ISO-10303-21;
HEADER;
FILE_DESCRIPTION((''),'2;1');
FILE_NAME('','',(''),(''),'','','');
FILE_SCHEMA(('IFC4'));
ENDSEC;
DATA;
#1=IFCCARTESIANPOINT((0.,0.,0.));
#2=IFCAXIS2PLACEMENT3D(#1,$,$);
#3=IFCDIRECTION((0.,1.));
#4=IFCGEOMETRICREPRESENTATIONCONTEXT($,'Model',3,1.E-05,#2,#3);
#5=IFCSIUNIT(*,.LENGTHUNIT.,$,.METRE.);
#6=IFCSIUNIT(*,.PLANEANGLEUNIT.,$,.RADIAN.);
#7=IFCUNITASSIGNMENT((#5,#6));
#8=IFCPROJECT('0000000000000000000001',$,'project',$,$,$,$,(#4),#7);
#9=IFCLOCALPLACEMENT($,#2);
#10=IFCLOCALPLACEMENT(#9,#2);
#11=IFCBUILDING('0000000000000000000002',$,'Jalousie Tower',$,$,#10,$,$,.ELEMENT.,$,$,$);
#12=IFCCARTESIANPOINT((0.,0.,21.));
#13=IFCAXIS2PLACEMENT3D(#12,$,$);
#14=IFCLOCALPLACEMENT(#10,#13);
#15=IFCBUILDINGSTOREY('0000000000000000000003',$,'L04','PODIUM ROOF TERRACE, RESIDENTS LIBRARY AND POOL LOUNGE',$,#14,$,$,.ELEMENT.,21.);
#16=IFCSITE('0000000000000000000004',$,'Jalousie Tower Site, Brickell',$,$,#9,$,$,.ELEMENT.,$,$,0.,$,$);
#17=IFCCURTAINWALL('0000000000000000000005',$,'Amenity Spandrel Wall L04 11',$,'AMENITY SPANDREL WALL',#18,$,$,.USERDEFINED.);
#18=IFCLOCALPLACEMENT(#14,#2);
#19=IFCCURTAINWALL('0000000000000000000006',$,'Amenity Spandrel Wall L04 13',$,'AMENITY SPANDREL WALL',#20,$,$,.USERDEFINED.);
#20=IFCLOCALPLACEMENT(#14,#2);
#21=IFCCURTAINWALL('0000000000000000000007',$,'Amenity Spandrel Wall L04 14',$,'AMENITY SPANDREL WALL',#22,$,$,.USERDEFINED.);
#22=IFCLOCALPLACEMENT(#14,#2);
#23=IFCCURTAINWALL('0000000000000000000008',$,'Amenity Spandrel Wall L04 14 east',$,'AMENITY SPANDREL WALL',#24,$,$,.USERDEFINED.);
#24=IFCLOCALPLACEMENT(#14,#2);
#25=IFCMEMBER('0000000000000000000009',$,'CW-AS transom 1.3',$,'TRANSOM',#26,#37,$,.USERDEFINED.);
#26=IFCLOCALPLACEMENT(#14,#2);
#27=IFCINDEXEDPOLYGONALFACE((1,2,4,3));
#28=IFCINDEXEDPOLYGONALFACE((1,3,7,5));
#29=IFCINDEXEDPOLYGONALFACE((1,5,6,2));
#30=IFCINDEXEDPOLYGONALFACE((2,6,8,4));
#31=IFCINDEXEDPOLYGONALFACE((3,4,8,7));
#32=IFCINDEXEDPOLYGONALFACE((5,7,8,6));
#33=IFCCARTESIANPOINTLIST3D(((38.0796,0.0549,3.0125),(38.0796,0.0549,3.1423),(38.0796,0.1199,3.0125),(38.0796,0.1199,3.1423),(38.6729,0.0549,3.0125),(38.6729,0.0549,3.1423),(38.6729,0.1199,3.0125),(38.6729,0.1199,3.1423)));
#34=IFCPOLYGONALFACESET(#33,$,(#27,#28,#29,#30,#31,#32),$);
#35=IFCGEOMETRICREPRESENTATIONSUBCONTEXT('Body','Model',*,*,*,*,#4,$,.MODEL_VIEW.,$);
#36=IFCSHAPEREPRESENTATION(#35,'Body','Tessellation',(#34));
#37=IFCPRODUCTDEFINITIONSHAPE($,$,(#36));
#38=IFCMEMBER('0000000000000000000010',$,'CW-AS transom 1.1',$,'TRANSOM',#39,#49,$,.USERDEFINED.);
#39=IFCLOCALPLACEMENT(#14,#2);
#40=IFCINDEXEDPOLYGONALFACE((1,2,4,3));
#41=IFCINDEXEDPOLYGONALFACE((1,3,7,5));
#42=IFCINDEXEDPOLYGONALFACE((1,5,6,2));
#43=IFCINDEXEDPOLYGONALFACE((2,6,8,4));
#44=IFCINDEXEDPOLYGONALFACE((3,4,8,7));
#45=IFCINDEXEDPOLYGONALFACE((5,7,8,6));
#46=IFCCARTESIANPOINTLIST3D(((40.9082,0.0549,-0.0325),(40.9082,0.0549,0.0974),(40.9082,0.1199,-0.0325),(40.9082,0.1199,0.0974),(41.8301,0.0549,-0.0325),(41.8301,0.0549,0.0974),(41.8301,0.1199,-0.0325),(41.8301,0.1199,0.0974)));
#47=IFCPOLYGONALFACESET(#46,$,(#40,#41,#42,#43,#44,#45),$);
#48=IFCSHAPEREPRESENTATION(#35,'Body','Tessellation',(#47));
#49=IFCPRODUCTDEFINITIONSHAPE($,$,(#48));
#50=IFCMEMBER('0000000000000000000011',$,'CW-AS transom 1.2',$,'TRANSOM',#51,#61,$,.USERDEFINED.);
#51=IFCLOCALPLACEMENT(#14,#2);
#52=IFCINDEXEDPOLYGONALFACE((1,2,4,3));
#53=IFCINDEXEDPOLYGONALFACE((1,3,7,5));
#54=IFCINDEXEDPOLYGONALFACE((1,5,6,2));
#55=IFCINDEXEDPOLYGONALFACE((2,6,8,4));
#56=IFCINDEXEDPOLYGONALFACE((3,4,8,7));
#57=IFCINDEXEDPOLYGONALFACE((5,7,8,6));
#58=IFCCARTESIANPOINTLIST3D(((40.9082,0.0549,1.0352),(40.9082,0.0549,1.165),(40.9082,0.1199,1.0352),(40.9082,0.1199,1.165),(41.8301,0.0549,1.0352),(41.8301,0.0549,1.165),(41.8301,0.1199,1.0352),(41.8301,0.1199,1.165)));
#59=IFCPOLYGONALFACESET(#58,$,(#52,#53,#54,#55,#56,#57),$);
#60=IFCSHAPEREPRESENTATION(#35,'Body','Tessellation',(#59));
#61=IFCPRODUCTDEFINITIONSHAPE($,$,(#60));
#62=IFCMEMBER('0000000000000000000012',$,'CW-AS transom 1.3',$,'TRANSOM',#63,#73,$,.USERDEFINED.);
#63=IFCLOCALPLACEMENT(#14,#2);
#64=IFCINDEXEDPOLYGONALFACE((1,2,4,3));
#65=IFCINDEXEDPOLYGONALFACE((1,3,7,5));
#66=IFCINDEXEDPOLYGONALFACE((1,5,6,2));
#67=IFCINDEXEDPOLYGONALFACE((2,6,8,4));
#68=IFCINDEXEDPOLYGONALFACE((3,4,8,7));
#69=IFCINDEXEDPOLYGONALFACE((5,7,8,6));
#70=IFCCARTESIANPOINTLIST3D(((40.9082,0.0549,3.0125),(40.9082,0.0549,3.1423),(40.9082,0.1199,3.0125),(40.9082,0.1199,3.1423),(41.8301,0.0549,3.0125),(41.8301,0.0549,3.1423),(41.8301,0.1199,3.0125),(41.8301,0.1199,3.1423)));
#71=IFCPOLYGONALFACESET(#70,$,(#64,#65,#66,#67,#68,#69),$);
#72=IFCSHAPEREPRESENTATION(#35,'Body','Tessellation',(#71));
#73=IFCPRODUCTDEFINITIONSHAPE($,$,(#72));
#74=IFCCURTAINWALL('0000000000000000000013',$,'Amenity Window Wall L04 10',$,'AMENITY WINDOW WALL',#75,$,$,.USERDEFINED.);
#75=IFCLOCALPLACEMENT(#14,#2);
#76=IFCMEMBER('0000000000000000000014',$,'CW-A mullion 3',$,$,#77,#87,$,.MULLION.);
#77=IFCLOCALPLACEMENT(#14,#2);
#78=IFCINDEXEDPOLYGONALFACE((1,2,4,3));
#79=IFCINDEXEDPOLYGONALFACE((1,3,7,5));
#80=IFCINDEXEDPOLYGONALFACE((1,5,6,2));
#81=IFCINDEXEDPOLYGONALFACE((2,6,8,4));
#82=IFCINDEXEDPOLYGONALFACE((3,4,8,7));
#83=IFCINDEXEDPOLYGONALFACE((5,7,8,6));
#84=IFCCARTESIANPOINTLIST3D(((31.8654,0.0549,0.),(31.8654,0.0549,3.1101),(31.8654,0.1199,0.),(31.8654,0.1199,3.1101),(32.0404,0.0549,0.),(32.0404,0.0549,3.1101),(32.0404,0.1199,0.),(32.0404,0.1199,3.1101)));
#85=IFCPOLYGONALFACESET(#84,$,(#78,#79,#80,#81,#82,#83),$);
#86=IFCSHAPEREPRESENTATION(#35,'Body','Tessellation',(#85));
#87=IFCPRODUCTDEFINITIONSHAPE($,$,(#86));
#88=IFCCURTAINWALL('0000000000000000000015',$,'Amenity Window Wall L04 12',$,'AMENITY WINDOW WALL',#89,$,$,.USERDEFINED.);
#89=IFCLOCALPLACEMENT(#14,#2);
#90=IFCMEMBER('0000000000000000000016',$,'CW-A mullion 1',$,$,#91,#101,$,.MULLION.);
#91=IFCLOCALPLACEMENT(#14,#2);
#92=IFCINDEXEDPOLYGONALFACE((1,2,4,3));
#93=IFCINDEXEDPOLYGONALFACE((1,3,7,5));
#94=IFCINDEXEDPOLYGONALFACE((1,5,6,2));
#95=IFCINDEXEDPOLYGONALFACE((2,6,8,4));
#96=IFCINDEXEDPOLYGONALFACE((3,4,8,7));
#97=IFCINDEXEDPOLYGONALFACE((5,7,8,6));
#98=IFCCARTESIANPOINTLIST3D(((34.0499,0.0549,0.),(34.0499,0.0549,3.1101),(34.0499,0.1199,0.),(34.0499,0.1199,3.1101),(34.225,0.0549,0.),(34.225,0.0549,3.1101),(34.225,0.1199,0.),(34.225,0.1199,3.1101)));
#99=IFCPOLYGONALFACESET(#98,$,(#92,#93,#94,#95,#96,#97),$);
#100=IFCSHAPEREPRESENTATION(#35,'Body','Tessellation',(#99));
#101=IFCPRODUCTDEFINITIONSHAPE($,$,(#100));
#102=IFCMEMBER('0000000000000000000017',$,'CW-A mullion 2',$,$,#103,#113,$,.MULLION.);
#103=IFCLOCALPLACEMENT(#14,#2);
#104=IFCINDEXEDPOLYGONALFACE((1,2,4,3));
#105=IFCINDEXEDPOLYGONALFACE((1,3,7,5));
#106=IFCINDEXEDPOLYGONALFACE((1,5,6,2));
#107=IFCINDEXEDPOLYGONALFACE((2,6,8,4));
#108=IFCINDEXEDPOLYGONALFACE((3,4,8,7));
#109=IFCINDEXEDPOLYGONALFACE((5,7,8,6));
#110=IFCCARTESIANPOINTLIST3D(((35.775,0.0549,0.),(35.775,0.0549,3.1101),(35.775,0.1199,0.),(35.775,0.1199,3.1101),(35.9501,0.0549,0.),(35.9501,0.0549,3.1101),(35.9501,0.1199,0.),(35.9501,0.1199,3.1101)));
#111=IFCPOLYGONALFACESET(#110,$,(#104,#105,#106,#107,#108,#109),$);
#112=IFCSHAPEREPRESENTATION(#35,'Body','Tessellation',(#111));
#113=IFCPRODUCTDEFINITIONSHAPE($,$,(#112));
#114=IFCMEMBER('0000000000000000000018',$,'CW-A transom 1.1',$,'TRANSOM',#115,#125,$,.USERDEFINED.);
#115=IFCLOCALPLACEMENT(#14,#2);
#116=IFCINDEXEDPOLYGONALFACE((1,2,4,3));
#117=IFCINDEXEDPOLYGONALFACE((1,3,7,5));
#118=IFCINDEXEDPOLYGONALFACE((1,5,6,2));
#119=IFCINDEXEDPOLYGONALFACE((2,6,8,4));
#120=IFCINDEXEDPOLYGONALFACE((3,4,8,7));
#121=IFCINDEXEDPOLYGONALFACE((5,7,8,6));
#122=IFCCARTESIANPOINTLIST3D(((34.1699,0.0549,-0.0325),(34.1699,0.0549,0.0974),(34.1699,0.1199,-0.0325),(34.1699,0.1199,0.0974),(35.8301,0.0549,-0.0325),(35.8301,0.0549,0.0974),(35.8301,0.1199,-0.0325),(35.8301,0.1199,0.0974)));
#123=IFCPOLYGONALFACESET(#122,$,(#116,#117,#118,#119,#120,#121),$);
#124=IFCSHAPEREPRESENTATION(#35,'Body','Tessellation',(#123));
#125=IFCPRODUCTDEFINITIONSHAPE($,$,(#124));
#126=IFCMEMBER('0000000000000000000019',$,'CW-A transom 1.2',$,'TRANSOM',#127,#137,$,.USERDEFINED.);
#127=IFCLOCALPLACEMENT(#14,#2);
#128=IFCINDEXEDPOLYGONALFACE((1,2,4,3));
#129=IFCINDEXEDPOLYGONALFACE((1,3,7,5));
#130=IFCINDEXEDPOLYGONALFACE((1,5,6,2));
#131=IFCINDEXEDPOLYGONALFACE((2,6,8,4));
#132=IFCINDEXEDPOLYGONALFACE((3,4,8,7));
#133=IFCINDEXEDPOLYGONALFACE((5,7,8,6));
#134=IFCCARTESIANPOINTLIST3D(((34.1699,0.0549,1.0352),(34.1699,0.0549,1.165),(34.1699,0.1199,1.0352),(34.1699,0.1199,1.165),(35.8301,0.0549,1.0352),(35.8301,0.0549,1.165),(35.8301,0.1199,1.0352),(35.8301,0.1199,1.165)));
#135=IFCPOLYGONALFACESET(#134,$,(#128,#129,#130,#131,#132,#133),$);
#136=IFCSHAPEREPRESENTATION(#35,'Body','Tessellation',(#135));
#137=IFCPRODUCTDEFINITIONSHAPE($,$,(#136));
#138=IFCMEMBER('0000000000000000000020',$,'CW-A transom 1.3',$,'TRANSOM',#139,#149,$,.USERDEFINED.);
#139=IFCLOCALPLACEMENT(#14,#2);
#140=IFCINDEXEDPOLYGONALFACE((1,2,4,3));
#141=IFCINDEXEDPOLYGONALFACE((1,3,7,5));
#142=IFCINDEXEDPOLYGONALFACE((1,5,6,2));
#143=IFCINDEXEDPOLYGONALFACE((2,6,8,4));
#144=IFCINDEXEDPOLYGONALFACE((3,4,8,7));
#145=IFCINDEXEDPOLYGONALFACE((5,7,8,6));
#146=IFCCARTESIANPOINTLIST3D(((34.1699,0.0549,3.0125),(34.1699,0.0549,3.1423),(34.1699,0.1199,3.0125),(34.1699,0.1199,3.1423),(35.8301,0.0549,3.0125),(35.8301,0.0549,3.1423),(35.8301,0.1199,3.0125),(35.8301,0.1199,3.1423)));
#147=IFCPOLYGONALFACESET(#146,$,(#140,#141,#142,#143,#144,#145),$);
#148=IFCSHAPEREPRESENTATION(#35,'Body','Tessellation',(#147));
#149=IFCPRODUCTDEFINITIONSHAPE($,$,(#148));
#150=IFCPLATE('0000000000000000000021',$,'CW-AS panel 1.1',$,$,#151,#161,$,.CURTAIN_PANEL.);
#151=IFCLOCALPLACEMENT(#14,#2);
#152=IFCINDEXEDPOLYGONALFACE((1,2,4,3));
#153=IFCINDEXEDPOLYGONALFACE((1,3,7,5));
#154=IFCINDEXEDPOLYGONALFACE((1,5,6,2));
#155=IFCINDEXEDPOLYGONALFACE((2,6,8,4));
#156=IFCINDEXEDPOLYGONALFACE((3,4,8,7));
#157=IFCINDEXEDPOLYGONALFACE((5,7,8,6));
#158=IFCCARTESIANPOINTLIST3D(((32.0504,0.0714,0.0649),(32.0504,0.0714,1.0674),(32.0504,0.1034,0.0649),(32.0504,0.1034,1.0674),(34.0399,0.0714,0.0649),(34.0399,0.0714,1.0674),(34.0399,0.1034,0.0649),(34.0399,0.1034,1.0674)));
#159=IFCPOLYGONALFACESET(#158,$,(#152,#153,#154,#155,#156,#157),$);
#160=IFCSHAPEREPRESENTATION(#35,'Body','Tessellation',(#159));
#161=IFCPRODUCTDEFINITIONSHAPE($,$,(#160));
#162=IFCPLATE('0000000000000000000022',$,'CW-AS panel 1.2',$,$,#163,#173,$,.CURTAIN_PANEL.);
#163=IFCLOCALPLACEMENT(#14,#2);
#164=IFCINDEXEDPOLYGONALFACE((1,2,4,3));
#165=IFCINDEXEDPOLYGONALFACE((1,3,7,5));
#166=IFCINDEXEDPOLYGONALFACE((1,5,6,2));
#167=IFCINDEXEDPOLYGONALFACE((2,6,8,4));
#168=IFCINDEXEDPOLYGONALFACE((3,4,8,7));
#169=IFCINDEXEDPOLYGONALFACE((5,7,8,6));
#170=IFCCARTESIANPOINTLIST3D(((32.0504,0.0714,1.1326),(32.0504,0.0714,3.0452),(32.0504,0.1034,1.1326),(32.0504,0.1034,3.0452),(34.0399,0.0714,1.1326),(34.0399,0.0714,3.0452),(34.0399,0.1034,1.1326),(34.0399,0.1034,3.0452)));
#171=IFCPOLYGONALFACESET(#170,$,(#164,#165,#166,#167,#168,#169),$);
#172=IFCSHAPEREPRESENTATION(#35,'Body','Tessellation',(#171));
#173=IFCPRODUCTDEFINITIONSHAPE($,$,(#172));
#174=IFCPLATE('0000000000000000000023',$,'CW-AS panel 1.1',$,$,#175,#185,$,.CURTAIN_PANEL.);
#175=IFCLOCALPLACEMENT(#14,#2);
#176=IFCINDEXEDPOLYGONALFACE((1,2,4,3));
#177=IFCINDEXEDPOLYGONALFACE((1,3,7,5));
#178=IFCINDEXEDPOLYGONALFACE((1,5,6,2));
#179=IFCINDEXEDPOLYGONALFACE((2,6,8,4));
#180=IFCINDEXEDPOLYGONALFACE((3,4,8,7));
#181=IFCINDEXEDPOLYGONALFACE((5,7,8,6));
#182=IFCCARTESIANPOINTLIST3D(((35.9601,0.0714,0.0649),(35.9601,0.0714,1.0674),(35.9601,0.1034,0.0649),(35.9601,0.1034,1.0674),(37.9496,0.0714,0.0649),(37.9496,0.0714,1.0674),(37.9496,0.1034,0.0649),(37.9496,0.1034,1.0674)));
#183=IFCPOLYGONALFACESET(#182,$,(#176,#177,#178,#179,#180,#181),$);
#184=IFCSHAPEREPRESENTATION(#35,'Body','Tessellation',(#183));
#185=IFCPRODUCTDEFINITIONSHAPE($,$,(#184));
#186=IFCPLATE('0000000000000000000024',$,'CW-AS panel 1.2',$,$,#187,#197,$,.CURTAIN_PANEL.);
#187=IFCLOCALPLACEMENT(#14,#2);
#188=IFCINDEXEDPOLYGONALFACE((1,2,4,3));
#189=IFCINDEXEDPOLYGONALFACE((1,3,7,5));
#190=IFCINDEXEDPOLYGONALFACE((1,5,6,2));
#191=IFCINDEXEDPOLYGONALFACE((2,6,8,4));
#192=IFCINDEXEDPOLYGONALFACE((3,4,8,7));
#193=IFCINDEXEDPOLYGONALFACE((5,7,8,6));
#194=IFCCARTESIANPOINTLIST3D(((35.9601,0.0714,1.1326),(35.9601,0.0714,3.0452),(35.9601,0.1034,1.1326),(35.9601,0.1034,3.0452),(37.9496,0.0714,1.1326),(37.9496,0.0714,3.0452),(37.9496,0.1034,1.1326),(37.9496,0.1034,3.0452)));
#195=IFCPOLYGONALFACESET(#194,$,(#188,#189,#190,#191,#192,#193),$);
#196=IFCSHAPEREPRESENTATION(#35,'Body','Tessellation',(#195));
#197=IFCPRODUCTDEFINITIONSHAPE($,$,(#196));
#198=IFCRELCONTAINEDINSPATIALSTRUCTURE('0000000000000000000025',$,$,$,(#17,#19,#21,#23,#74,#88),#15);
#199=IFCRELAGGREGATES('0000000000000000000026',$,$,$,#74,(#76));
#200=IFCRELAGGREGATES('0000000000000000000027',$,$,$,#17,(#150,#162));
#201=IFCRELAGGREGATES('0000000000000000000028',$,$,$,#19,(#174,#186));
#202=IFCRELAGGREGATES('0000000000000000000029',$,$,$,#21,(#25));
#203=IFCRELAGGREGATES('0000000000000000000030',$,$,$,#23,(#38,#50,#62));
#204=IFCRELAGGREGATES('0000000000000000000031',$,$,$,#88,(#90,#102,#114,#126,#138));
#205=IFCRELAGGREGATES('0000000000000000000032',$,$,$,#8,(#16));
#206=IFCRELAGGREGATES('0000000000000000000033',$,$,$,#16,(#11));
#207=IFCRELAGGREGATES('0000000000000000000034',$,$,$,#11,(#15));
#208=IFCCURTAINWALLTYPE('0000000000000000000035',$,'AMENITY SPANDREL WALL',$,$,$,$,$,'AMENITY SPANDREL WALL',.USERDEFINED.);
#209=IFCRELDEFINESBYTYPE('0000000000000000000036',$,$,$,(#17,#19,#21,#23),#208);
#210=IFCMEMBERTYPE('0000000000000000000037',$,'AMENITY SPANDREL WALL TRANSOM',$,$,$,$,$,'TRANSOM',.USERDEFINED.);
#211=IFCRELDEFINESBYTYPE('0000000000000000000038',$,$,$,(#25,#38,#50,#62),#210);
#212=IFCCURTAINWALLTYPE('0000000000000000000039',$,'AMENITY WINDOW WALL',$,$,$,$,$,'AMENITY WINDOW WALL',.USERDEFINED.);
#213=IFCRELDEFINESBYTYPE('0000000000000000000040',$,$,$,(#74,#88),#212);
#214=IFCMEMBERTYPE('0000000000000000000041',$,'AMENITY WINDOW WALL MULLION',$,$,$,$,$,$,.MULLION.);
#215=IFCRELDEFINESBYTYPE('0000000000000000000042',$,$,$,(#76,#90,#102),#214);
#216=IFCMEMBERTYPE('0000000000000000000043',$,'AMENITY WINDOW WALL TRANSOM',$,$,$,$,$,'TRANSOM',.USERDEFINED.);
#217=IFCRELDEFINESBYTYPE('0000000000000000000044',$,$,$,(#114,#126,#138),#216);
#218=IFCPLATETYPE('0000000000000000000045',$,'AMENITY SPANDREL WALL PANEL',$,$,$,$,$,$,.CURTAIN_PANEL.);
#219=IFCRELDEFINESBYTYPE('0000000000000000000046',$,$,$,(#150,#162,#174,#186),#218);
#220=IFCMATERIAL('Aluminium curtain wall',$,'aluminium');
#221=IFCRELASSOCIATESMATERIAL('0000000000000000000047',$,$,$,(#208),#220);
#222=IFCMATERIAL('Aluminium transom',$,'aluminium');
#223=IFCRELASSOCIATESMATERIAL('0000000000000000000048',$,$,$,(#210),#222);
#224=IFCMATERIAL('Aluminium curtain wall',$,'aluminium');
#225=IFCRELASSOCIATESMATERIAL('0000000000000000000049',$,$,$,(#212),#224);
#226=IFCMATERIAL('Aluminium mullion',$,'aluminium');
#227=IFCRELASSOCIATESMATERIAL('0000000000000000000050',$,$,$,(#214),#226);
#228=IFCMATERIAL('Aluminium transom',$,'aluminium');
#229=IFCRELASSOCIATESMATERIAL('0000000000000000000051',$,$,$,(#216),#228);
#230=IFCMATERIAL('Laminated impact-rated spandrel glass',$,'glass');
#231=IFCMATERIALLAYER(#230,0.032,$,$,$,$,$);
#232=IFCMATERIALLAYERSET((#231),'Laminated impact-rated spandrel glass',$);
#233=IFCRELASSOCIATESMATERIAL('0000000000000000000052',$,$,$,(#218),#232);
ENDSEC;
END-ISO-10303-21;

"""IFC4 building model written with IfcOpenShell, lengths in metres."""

from ifc_helpers import new_model, si_unit, direction, frame, origin, origin_2d, place, context, subcontext, project, spatial, rectangle, extrude, material, layer, layer_set, material_profile, profile_set, type_object, element, aggregate, save


model = new_model("IFC4")

# Units and contexts
model_context = context("Model", 3, precision=1e-05, world=origin(), true_north=direction((0.0, 1.0)))
body_context = subcontext(model_context, "Body", "Model", "MODEL_VIEW")
ifc_project = project(units=[si_unit("LENGTHUNIT", "METRE"), si_unit("PLANEANGLEUNIT", "RADIAN")], contexts=[model_context])

# Site, building, storey
site_placement = place(None, origin())
site = spatial("IfcSite", under=ifc_project, at=site_placement, Name="Jalousie Tower Site, Brickell", CompositionType="ELEMENT", RefElevation=0.0)
building_placement = place(site_placement, origin())
building = spatial("IfcBuilding", under=site, at=building_placement, Name="Jalousie Tower", CompositionType="ELEMENT")
storey_placement = place(building_placement, frame((0.0, 0.0, 21.0)))
storey = spatial("IfcBuildingStorey", under=building, at=storey_placement, Name="L04", Description="PODIUM ROOF TERRACE, RESIDENTS LIBRARY AND POOL LOUNGE", CompositionType="ELEMENT", Elevation=21.0)

# Curtain walls
ifc_material_1 = material(Name="Aluminium curtain wall", Category="aluminium")
curtain_wall_type_1 = type_object("IfcCurtainWallType", Name="AMENITY SPANDREL WALL", ElementType="AMENITY SPANDREL WALL", PredefinedType="USERDEFINED", material=ifc_material_1)
curtain_wall_1_placement = place(storey_placement, origin())
curtain_wall_1 = element("IfcCurtainWall", 1, at=curtain_wall_1_placement, inside=storey, type_object=curtain_wall_type_1, Name="Amenity Spandrel Wall L04 11", ObjectType="AMENITY SPANDREL WALL", PredefinedType="USERDEFINED")
curtain_wall_2_placement = place(storey_placement, origin())
curtain_wall_2 = element("IfcCurtainWall", 2, at=curtain_wall_2_placement, inside=storey, type_object=curtain_wall_type_1, Name="Amenity Spandrel Wall L04 13", ObjectType="AMENITY SPANDREL WALL", PredefinedType="USERDEFINED")
curtain_wall_3_placement = place(storey_placement, origin())
curtain_wall_3 = element("IfcCurtainWall", 3, at=curtain_wall_3_placement, inside=storey, type_object=curtain_wall_type_1, Name="Amenity Spandrel Wall L04 14", ObjectType="AMENITY SPANDREL WALL", PredefinedType="USERDEFINED")

# Curtain wall
curtain_wall_4_placement = place(storey_placement, origin())
curtain_wall_4 = element("IfcCurtainWall", 4, at=curtain_wall_4_placement, inside=storey, type_object=curtain_wall_type_1, Name="Amenity Spandrel Wall L04 14 east", ObjectType="AMENITY SPANDREL WALL", PredefinedType="USERDEFINED")

# Members
ifc_material_2 = material(Name="Aluminium transom", Category="aluminium")
ifc_material_profile_1 = material_profile(ifc_material_2, rectangle(XDim=0.0649, YDim=0.1299, at=origin_2d()), Name="TRANSOM 65x130")
ifc_profile_set_1 = profile_set([ifc_material_profile_1], Name="Aluminium transom")
member_type_1 = type_object("IfcMemberType", Name="AMENITY SPANDREL WALL TRANSOM", ElementType="TRANSOM", PredefinedType="USERDEFINED", material=ifc_profile_set_1)
member_1_placement = place(storey_placement, frame((38.0796, 0.0874, 3.0774), z_axis=(1.0, 0.0, 0.0), x_axis=(0.0, 1.0, 0.0)))
member_1 = element("IfcMember", 5, at=member_1_placement, type_object=member_type_1, Name="CW-AS transom 1.3", ObjectType="TRANSOM", PredefinedType="USERDEFINED", context=body_context, shape_type="SweptSolid", body=[
    extrude(rectangle(XDim=0.0649, YDim=0.1299, at=origin_2d()), origin(), (0.0, 0.0, 1.0), 0.5933),
])
member_2_placement = place(storey_placement, frame((40.9082, 0.0874, 0.0325), z_axis=(1.0, 0.0, 0.0), x_axis=(0.0, 1.0, 0.0)))
member_2 = element("IfcMember", 6, at=member_2_placement, type_object=member_type_1, Name="CW-AS transom 1.1", ObjectType="TRANSOM", PredefinedType="USERDEFINED", context=body_context, shape_type="SweptSolid", body=[
    extrude(rectangle(XDim=0.0649, YDim=0.1299, at=origin_2d()), origin(), (0.0, 0.0, 1.0), 0.9219),
])
member_3_placement = place(storey_placement, frame((40.9082, 0.0874, 1.1001), z_axis=(1.0, 0.0, 0.0), x_axis=(0.0, 1.0, 0.0)))
member_3 = element("IfcMember", 7, at=member_3_placement, type_object=member_type_1, Name="CW-AS transom 1.2", ObjectType="TRANSOM", PredefinedType="USERDEFINED", context=body_context, shape_type="SweptSolid", body=[
    extrude(rectangle(XDim=0.0649, YDim=0.1299, at=origin_2d()), origin(), (0.0, 0.0, 1.0), 0.9219),
])
member_4_placement = place(storey_placement, frame((40.9082, 0.0874, 3.0774), z_axis=(1.0, 0.0, 0.0), x_axis=(0.0, 1.0, 0.0)))
member_4 = element("IfcMember", 8, at=member_4_placement, type_object=member_type_1, Name="CW-AS transom 1.3", ObjectType="TRANSOM", PredefinedType="USERDEFINED", context=body_context, shape_type="SweptSolid", body=[
    extrude(rectangle(XDim=0.0649, YDim=0.1299, at=origin_2d()), origin(), (0.0, 0.0, 1.0), 0.9219),
])

# Curtain wall, member
ifc_material_3 = material(Name="Aluminium curtain wall", Category="aluminium")
curtain_wall_type_2 = type_object("IfcCurtainWallType", Name="AMENITY WINDOW WALL", ElementType="AMENITY WINDOW WALL", PredefinedType="USERDEFINED", material=ifc_material_3)
curtain_wall_5_placement = place(storey_placement, origin())
curtain_wall_5 = element("IfcCurtainWall", 9, at=curtain_wall_5_placement, inside=storey, type_object=curtain_wall_type_2, Name="Amenity Window Wall L04 10", ObjectType="AMENITY WINDOW WALL", PredefinedType="USERDEFINED")
ifc_material_4 = material(Name="Aluminium mullion", Category="aluminium")
ifc_material_profile_2 = material_profile(ifc_material_4, rectangle(XDim=0.0649, YDim=0.175, at=origin_2d()), Name="MULLION 65x175")
ifc_profile_set_2 = profile_set([ifc_material_profile_2], Name="Aluminium mullion")
member_type_2 = type_object("IfcMemberType", Name="AMENITY WINDOW WALL MULLION", PredefinedType="MULLION", material=ifc_profile_set_2)
member_5_placement = place(storey_placement, frame((31.9529, 0.0874, 0.0), z_axis=(0.0, 0.0, 1.0), x_axis=(0.0, 1.0, 0.0)))
member_5 = element("IfcMember", 10, at=member_5_placement, type_object=member_type_2, Name="CW-A mullion 3", PredefinedType="MULLION", context=body_context, shape_type="SweptSolid", body=[
    extrude(rectangle(XDim=0.0649, YDim=0.175, at=origin_2d()), origin(), (0.0, 0.0, 1.0), 3.1101),
])
aggregate(curtain_wall_5, [member_5])

# Curtain wall, members
curtain_wall_6_placement = place(storey_placement, origin())
curtain_wall_6 = element("IfcCurtainWall", 11, at=curtain_wall_6_placement, inside=storey, type_object=curtain_wall_type_2, Name="Amenity Window Wall L04 12", ObjectType="AMENITY WINDOW WALL", PredefinedType="USERDEFINED")
member_6_placement = place(storey_placement, frame((34.1375, 0.0874, 0.0), z_axis=(0.0, 0.0, 1.0), x_axis=(0.0, 1.0, 0.0)))
member_6 = element("IfcMember", 12, at=member_6_placement, type_object=member_type_2, Name="CW-A mullion 1", PredefinedType="MULLION", context=body_context, shape_type="SweptSolid", body=[
    extrude(rectangle(XDim=0.0649, YDim=0.175, at=origin_2d()), origin(), (0.0, 0.0, 1.0), 3.1101),
])
member_7_placement = place(storey_placement, frame((35.8625, 0.0874, 0.0), z_axis=(0.0, 0.0, 1.0), x_axis=(0.0, 1.0, 0.0)))
member_7 = element("IfcMember", 13, at=member_7_placement, type_object=member_type_2, Name="CW-A mullion 2", PredefinedType="MULLION", context=body_context, shape_type="SweptSolid", body=[
    extrude(rectangle(XDim=0.0649, YDim=0.175, at=origin_2d()), origin(), (0.0, 0.0, 1.0), 3.1101),
])
ifc_material_5 = material(Name="Aluminium transom", Category="aluminium")
ifc_material_profile_3 = material_profile(ifc_material_5, rectangle(XDim=0.0649, YDim=0.1299, at=origin_2d()), Name="TRANSOM 65x130")
ifc_profile_set_3 = profile_set([ifc_material_profile_3], Name="Aluminium transom")
member_type_3 = type_object("IfcMemberType", Name="AMENITY WINDOW WALL TRANSOM", ElementType="TRANSOM", PredefinedType="USERDEFINED", material=ifc_profile_set_3)
member_8_placement = place(storey_placement, frame((34.1699, 0.0874, 0.0325), z_axis=(1.0, 0.0, 0.0), x_axis=(0.0, 1.0, 0.0)))
member_8 = element("IfcMember", 14, at=member_8_placement, type_object=member_type_3, Name="CW-A transom 1.1", ObjectType="TRANSOM", PredefinedType="USERDEFINED", context=body_context, shape_type="SweptSolid", body=[
    extrude(rectangle(XDim=0.0649, YDim=0.1299, at=origin_2d()), origin(), (0.0, 0.0, 1.0), 1.6602),
])
member_9_placement = place(storey_placement, frame((34.1699, 0.0874, 1.1001), z_axis=(1.0, 0.0, 0.0), x_axis=(0.0, 1.0, 0.0)))
member_9 = element("IfcMember", 15, at=member_9_placement, type_object=member_type_3, Name="CW-A transom 1.2", ObjectType="TRANSOM", PredefinedType="USERDEFINED", context=body_context, shape_type="SweptSolid", body=[
    extrude(rectangle(XDim=0.0649, YDim=0.1299, at=origin_2d()), origin(), (0.0, 0.0, 1.0), 1.6602),
])
member_10_placement = place(storey_placement, frame((34.1699, 0.0874, 3.0774), z_axis=(1.0, 0.0, 0.0), x_axis=(0.0, 1.0, 0.0)))
member_10 = element("IfcMember", 16, at=member_10_placement, type_object=member_type_3, Name="CW-A transom 1.3", ObjectType="TRANSOM", PredefinedType="USERDEFINED", context=body_context, shape_type="SweptSolid", body=[
    extrude(rectangle(XDim=0.0649, YDim=0.1299, at=origin_2d()), origin(), (0.0, 0.0, 1.0), 1.6602),
])

# Plates
ifc_material_6 = material(Name="Laminated impact-rated spandrel glass", Category="glass")
ifc_layer_1 = layer(ifc_material_6, 0.032)
ifc_layer_set_1 = layer_set([ifc_layer_1], Name="Laminated impact-rated spandrel glass")
plate_type_1 = type_object("IfcPlateType", Name="AMENITY SPANDREL WALL PANEL", PredefinedType="CURTAIN_PANEL", material=ifc_layer_set_1)
plate_1_placement = place(storey_placement, frame((33.0452, 0.0874, 0.0649), z_axis=(0.0, 0.0, 1.0), x_axis=(1.0, 0.0, 0.0)))
plate_1 = element("IfcPlate", 17, at=plate_1_placement, type_object=plate_type_1, Name="CW-AS panel 1.1", PredefinedType="CURTAIN_PANEL", context=body_context, shape_type="SweptSolid", body=[
    extrude(rectangle(XDim=1.9895, YDim=0.032, at=origin_2d()), origin(), (0.0, 0.0, 1.0), 1.0024),
])
plate_2_placement = place(storey_placement, frame((33.0452, 0.0874, 1.1326), z_axis=(0.0, 0.0, 1.0), x_axis=(1.0, 0.0, 0.0)))
plate_2 = element("IfcPlate", 18, at=plate_2_placement, type_object=plate_type_1, Name="CW-AS panel 1.2", PredefinedType="CURTAIN_PANEL", context=body_context, shape_type="SweptSolid", body=[
    extrude(rectangle(XDim=1.9895, YDim=0.032, at=origin_2d()), origin(), (0.0, 0.0, 1.0), 1.9126),
])
aggregate(curtain_wall_1, [plate_1, plate_2])
plate_3_placement = place(storey_placement, frame((36.9548, 0.0874, 0.0649), z_axis=(0.0, 0.0, 1.0), x_axis=(1.0, 0.0, 0.0)))
plate_3 = element("IfcPlate", 19, at=plate_3_placement, type_object=plate_type_1, Name="CW-AS panel 1.1", PredefinedType="CURTAIN_PANEL", context=body_context, shape_type="SweptSolid", body=[
    extrude(rectangle(XDim=1.9895, YDim=0.032, at=origin_2d()), origin(), (0.0, 0.0, 1.0), 1.0024),
])
plate_4_placement = place(storey_placement, frame((36.9548, 0.0874, 1.1326), z_axis=(0.0, 0.0, 1.0), x_axis=(1.0, 0.0, 0.0)))
plate_4 = element("IfcPlate", 20, at=plate_4_placement, type_object=plate_type_1, Name="CW-AS panel 1.2", PredefinedType="CURTAIN_PANEL", context=body_context, shape_type="SweptSolid", body=[
    extrude(rectangle(XDim=1.9895, YDim=0.032, at=origin_2d()), origin(), (0.0, 0.0, 1.0), 1.9126),
])
aggregate(curtain_wall_2, [plate_3, plate_4])
aggregate(curtain_wall_3, [member_1])
aggregate(curtain_wall_4, [member_2, member_3, member_4])
aggregate(curtain_wall_6, [member_6, member_7, member_8, member_9, member_10])

save(model, "model.ifc")
